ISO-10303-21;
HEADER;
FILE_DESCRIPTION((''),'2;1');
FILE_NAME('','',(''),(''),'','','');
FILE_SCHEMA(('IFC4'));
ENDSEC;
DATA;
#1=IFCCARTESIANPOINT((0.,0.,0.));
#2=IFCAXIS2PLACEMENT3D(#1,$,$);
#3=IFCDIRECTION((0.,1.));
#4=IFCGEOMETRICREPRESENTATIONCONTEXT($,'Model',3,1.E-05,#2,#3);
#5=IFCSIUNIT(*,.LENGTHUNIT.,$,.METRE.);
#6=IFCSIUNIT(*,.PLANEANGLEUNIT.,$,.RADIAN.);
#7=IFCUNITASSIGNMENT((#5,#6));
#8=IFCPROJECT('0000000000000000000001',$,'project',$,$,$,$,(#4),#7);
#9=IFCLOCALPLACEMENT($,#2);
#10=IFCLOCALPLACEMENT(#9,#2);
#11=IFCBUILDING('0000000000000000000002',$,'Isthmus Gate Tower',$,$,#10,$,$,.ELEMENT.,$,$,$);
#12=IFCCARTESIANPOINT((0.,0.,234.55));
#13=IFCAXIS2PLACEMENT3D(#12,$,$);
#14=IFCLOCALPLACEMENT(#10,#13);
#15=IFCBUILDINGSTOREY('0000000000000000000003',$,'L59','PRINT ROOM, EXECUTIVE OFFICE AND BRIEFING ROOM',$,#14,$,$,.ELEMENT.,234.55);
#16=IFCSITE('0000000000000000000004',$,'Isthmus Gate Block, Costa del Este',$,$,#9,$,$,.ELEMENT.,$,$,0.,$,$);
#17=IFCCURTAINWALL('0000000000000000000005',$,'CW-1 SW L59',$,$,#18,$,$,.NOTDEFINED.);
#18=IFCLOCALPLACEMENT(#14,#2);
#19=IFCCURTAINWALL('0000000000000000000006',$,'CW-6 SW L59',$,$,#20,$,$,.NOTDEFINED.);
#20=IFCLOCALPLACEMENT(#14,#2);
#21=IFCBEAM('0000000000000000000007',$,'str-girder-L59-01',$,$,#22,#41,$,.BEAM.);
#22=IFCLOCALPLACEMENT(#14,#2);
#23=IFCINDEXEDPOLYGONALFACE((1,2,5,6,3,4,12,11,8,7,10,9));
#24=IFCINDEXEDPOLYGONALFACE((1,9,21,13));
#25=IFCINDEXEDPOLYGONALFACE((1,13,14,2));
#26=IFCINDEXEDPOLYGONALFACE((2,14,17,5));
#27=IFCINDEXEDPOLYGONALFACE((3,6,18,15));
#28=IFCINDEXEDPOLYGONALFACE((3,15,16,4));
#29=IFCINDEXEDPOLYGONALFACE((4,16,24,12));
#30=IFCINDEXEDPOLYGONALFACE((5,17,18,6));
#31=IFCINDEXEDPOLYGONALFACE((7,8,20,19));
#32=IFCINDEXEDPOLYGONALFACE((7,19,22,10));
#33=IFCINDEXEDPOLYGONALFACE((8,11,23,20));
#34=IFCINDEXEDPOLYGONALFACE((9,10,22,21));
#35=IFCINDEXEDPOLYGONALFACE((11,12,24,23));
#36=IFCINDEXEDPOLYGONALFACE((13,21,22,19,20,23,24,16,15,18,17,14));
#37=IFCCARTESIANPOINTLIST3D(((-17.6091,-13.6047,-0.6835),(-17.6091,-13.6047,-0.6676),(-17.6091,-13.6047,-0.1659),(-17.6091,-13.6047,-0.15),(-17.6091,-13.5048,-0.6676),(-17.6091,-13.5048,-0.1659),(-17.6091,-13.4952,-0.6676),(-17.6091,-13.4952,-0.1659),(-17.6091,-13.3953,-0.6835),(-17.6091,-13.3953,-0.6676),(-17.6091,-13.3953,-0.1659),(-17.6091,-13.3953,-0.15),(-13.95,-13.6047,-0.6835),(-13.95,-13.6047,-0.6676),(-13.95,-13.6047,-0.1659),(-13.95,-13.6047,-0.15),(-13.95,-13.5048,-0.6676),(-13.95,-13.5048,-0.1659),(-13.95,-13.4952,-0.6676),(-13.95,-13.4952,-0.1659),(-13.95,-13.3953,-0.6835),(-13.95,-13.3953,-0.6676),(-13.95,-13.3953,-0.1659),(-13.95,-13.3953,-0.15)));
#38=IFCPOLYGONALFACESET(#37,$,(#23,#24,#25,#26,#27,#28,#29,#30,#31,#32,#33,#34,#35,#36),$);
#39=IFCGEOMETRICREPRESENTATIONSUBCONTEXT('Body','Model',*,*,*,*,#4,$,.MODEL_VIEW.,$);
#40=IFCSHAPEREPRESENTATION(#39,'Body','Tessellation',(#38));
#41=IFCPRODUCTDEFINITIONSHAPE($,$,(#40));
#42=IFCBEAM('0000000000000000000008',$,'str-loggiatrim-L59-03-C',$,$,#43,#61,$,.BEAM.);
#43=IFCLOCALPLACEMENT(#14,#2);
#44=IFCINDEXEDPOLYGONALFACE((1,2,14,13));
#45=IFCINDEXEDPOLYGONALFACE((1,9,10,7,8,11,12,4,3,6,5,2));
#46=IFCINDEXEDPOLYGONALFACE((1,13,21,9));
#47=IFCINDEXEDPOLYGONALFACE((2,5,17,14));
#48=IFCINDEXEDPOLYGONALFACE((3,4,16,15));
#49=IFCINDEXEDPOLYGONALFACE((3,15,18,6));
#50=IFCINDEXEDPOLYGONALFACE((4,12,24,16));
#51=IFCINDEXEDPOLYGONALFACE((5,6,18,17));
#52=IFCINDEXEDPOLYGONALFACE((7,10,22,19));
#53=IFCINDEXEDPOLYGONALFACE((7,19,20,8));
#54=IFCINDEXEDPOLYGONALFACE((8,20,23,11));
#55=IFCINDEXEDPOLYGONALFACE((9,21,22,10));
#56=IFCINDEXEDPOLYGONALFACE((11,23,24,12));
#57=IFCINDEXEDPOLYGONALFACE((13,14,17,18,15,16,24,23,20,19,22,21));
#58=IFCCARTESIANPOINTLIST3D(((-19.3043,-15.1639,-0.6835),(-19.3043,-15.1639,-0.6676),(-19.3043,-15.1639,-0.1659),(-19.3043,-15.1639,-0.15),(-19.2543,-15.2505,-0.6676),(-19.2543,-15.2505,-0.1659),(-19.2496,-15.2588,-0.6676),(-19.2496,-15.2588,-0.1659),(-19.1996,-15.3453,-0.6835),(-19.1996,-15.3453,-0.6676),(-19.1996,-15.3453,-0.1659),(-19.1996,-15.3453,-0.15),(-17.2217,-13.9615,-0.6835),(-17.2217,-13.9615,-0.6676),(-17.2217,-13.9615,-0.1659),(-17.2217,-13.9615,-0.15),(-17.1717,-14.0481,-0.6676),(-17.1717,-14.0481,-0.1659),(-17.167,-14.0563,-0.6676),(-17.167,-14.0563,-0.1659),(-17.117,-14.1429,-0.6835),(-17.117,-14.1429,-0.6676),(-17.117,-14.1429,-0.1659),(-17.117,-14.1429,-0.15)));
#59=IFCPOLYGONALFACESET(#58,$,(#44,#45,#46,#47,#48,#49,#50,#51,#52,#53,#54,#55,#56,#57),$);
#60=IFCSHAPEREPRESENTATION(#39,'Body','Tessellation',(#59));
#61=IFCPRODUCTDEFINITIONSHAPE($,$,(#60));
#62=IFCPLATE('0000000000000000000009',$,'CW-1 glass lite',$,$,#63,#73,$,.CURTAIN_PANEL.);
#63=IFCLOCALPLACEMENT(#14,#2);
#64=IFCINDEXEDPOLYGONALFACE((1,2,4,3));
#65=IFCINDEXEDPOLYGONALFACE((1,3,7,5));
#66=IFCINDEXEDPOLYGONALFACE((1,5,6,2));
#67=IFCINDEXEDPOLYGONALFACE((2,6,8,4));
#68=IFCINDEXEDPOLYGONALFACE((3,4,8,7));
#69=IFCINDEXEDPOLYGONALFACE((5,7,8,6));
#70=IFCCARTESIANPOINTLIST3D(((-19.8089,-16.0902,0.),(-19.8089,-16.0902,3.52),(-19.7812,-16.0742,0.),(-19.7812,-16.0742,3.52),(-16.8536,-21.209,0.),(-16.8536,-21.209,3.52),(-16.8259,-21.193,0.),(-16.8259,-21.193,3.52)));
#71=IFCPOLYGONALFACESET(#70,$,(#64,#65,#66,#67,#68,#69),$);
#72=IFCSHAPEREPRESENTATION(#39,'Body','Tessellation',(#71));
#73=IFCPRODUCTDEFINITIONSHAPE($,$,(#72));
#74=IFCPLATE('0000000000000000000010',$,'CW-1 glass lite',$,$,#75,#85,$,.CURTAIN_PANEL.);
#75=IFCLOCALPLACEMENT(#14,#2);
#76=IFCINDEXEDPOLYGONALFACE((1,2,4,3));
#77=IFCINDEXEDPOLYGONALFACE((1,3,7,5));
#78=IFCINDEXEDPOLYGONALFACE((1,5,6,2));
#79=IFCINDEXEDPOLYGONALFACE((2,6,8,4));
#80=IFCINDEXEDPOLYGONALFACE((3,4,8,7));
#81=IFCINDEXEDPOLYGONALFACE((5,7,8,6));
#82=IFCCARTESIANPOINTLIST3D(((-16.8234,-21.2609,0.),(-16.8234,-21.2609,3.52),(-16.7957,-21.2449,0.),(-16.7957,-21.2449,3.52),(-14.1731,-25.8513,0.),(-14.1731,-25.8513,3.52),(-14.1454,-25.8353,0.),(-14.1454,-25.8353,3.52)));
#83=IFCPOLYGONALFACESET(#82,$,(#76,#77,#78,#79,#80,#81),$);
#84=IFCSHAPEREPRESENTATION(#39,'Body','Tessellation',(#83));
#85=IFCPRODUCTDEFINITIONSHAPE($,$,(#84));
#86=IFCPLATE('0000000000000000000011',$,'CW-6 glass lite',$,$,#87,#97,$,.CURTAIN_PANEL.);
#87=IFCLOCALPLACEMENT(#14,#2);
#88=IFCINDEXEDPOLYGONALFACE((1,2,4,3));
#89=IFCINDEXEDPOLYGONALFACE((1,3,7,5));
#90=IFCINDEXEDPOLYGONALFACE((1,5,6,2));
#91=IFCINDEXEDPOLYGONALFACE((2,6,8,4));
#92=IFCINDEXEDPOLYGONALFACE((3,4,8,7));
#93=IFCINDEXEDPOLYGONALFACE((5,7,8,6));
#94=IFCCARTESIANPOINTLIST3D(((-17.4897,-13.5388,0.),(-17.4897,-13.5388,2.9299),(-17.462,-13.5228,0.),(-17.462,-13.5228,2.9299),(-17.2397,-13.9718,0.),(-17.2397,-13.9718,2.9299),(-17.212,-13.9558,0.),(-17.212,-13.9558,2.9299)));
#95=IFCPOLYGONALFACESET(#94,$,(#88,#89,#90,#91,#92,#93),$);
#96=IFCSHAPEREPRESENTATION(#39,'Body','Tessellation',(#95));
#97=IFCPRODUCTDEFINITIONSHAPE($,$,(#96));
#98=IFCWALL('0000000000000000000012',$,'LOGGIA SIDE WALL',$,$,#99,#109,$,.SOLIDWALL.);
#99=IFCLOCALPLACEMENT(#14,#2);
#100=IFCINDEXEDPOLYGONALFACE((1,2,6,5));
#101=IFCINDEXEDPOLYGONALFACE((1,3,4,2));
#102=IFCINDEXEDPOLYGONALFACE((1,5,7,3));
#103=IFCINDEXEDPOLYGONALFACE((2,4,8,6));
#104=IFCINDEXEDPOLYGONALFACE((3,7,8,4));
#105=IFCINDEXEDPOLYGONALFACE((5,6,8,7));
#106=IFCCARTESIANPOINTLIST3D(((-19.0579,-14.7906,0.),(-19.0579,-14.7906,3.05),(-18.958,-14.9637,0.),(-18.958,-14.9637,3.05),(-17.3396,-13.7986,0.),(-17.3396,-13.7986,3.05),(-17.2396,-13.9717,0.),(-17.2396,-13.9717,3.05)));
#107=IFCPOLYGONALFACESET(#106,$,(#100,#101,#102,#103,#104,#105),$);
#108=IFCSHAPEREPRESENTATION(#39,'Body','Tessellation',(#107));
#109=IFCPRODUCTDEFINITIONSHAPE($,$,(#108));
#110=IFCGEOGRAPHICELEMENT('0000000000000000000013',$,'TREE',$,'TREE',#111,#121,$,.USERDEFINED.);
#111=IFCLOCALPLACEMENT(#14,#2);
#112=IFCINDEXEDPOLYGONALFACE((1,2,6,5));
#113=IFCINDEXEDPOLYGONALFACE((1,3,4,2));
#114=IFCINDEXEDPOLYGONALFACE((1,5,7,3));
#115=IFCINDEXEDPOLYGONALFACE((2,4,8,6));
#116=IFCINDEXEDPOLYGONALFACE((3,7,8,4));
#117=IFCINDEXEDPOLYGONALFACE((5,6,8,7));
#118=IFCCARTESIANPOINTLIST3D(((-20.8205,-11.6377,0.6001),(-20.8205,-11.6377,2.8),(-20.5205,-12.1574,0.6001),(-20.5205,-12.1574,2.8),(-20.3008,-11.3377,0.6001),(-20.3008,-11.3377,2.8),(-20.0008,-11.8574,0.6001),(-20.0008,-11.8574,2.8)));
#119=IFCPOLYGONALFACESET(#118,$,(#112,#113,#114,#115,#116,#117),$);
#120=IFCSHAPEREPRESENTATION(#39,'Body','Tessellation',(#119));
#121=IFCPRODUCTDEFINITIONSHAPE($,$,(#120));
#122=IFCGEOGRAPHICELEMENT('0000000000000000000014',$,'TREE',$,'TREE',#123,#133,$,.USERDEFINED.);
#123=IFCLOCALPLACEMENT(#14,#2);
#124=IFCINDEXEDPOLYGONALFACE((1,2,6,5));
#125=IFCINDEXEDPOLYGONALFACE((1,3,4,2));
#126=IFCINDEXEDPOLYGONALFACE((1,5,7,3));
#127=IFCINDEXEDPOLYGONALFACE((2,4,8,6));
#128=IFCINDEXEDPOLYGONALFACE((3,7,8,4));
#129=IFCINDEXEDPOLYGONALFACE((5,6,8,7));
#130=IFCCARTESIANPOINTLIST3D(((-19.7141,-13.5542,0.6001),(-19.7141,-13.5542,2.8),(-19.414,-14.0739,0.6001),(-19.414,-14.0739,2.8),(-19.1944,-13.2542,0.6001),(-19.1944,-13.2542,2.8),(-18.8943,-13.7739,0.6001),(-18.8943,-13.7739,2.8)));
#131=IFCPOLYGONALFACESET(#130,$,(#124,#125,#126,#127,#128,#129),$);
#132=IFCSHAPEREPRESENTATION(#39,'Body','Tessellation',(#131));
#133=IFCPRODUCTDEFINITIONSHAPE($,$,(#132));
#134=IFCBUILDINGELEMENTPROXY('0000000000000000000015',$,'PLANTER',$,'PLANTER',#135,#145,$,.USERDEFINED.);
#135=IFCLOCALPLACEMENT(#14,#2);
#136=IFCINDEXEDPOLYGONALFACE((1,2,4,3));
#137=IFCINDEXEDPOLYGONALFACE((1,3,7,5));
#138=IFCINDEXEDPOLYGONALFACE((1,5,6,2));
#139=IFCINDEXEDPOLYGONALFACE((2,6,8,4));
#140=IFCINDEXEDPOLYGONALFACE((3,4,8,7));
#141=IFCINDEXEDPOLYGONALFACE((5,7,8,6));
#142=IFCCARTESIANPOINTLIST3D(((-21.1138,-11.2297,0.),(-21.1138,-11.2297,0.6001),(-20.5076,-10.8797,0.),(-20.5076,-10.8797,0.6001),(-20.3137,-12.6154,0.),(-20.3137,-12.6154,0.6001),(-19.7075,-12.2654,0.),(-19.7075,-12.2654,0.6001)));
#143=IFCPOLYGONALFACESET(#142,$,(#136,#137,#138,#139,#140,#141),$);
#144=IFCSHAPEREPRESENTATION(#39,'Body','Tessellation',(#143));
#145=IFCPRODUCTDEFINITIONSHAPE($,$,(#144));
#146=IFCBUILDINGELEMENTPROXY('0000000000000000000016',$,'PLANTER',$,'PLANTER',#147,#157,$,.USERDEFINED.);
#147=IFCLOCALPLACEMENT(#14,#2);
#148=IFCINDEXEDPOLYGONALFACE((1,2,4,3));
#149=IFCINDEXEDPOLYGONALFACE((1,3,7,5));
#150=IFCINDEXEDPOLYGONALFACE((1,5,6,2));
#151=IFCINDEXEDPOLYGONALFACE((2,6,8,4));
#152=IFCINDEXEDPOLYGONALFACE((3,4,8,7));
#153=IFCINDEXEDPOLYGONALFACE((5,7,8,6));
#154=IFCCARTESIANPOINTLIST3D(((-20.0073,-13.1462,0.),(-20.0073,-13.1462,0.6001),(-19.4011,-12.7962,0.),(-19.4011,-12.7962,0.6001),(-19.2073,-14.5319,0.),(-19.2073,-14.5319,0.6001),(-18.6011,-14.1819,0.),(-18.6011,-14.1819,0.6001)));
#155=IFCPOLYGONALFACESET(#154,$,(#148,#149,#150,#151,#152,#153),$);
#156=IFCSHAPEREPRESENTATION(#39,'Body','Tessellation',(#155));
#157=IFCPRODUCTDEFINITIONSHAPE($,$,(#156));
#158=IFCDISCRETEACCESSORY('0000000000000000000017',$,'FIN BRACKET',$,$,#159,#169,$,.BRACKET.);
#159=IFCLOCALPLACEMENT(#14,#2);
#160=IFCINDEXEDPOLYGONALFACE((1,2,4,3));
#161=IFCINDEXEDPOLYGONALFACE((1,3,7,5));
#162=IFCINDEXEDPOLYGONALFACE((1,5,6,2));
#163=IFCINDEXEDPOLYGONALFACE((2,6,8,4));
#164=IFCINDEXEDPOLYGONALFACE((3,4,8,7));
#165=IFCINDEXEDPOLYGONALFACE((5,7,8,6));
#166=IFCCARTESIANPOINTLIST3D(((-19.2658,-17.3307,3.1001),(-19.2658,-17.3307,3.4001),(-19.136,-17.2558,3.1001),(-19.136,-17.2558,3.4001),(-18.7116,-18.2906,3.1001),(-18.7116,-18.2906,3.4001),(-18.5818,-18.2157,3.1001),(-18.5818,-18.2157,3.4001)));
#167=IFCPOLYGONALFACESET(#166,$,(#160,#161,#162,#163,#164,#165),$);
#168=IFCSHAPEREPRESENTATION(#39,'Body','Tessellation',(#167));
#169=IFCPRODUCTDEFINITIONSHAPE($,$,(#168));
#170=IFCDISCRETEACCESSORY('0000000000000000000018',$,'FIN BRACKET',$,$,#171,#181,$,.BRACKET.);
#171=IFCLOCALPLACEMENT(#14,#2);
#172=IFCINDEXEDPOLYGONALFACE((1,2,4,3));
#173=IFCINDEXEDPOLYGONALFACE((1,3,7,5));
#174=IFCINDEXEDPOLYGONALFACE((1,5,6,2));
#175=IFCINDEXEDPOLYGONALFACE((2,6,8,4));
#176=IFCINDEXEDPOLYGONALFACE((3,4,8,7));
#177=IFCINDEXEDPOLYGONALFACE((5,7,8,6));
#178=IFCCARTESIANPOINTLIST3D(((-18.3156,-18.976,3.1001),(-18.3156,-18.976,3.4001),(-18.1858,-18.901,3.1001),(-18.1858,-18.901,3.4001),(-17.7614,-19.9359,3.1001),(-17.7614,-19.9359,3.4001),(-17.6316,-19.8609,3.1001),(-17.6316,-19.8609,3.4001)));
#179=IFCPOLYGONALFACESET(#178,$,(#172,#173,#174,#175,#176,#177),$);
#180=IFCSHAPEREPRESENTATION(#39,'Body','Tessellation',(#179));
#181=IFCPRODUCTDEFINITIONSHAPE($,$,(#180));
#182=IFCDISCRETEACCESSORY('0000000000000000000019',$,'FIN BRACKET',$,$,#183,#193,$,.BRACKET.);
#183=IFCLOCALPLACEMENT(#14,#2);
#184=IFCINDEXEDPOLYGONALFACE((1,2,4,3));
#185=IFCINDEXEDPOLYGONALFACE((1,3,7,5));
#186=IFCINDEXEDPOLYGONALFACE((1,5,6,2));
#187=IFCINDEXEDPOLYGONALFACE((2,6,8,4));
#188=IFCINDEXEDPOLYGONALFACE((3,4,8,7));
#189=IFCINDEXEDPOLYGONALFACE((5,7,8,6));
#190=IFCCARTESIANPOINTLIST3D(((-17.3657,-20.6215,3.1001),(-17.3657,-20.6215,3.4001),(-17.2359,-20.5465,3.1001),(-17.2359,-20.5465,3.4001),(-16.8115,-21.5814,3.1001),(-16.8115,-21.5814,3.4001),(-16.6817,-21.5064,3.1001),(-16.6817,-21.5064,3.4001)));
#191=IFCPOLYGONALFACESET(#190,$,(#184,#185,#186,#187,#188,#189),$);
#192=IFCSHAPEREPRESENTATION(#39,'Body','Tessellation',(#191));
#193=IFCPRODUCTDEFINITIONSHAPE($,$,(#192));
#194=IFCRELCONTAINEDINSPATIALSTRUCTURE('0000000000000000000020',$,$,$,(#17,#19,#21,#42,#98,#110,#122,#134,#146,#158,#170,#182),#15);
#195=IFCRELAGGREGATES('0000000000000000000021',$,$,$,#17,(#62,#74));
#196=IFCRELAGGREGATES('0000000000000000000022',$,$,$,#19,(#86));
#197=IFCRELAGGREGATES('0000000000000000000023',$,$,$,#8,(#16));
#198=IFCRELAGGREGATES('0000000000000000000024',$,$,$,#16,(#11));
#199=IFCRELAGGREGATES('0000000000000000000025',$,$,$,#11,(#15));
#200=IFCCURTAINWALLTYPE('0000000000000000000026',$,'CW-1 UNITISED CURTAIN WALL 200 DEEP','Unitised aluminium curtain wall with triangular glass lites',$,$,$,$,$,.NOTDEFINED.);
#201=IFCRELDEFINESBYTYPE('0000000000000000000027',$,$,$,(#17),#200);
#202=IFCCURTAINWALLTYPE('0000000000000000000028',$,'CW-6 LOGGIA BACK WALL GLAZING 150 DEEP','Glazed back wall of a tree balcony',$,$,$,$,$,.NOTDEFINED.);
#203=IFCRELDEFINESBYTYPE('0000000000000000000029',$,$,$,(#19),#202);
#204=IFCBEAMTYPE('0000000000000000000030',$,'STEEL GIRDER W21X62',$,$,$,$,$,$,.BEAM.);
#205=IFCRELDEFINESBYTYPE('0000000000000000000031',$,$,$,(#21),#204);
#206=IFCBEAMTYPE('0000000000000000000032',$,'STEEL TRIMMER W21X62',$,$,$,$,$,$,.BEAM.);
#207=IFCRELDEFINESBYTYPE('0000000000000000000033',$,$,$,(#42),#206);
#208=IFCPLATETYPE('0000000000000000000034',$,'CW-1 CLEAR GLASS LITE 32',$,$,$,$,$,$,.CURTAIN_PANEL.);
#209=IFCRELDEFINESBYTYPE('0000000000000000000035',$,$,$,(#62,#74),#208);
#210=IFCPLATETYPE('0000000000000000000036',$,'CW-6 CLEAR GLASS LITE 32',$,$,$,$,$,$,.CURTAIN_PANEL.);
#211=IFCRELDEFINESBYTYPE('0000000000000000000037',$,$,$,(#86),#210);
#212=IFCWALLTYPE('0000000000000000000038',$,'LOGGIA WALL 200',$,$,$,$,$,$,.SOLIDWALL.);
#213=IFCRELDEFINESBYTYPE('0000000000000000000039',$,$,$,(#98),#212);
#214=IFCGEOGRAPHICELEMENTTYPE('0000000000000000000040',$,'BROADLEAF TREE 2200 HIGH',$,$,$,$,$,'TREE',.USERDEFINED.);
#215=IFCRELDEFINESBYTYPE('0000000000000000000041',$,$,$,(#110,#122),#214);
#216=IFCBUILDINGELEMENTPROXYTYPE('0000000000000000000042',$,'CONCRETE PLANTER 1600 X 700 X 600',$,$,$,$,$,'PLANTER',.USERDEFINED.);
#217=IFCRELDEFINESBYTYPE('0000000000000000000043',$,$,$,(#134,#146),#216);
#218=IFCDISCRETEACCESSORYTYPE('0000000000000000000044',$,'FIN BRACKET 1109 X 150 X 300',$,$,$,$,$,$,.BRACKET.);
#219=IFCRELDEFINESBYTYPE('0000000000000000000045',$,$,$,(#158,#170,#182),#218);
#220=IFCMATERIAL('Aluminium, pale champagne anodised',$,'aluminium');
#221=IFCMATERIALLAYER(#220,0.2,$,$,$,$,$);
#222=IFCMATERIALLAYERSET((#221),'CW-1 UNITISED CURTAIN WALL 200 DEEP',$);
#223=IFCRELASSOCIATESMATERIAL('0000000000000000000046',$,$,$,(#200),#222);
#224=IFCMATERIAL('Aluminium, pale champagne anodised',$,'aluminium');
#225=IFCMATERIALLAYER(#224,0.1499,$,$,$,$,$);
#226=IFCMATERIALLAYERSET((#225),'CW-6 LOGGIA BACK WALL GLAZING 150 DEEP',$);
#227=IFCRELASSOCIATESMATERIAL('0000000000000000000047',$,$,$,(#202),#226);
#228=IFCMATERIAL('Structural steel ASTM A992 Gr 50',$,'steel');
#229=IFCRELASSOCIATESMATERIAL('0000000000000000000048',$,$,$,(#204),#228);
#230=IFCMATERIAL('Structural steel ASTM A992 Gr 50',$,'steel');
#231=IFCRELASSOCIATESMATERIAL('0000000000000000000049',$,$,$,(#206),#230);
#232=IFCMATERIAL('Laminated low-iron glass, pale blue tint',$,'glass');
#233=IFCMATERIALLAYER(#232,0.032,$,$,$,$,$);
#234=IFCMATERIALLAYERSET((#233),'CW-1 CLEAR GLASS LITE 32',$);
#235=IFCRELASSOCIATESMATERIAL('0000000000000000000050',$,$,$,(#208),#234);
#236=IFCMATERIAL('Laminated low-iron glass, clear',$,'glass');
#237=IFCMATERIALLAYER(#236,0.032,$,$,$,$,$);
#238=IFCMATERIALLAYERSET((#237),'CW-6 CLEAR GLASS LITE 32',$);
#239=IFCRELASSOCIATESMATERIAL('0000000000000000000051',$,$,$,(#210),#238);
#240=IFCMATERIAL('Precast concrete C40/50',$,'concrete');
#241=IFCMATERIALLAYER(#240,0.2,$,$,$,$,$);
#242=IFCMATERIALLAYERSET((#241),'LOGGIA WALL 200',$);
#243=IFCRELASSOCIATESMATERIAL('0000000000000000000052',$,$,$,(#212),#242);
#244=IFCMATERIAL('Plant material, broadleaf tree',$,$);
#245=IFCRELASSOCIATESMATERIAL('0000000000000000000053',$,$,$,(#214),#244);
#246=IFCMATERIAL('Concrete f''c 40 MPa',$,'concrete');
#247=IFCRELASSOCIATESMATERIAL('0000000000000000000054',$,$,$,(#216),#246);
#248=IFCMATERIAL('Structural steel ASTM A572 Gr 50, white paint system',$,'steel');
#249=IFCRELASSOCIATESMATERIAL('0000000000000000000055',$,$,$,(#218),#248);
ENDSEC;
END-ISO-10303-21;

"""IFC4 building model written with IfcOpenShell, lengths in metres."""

from ifc_helpers import new_model, si_unit, direction, frame, frame_2d, origin, origin_2d, place, context, subcontext, project, spatial, rectangle, i_section, extrude, material, layer, layer_set, material_profile, profile_set, type_object, element, aggregate, save


model = new_model("IFC4")

# Units and contexts
model_context = context("Model", 3, precision=1e-05, world=origin(), true_north=direction((0.0, 1.0)))
body_context = subcontext(model_context, "Body", "Model", "MODEL_VIEW")
ifc_project = project(units=[si_unit("LENGTHUNIT", "METRE"), si_unit("PLANEANGLEUNIT", "RADIAN")], contexts=[model_context])

# Site, building, storey
site_placement = place(None, origin())
site = spatial("IfcSite", under=ifc_project, at=site_placement, Name="Isthmus Gate Block, Costa del Este", CompositionType="ELEMENT", RefElevation=0.0)
building_placement = place(site_placement, origin())
building = spatial("IfcBuilding", under=site, at=building_placement, Name="Isthmus Gate Tower", CompositionType="ELEMENT")
storey_placement = place(building_placement, frame((0.0, 0.0, 234.55)))
storey = spatial("IfcBuildingStorey", under=building, at=storey_placement, Name="L59", Description="PRINT ROOM, EXECUTIVE OFFICE AND BRIEFING ROOM", CompositionType="ELEMENT", Elevation=234.55)

# Curtain wall
ifc_material_1 = material(Name="Aluminium, pale champagne anodised", Category="aluminium")
ifc_layer_1 = layer(ifc_material_1, 0.2)
ifc_layer_set_1 = layer_set([ifc_layer_1], Name="CW-1 UNITISED CURTAIN WALL 200 DEEP")
curtain_wall_type_1 = type_object("IfcCurtainWallType", Name="CW-1 UNITISED CURTAIN WALL 200 DEEP", Description="Unitised aluminium curtain wall with triangular glass lites", PredefinedType="NOTDEFINED", material=ifc_layer_set_1)
curtain_wall_1_placement = place(storey_placement, origin())
curtain_wall_1 = element("IfcCurtainWall", 1, at=curtain_wall_1_placement, inside=storey, type_object=curtain_wall_type_1, Name="CW-1 SW L59", PredefinedType="NOTDEFINED")

# Curtain wall
ifc_material_2 = material(Name="Aluminium, pale champagne anodised", Category="aluminium")
ifc_layer_2 = layer(ifc_material_2, 0.1499)
ifc_layer_set_2 = layer_set([ifc_layer_2], Name="CW-6 LOGGIA BACK WALL GLAZING 150 DEEP")
curtain_wall_type_2 = type_object("IfcCurtainWallType", Name="CW-6 LOGGIA BACK WALL GLAZING 150 DEEP", Description="Glazed back wall of a tree balcony", PredefinedType="NOTDEFINED", material=ifc_layer_set_2)
curtain_wall_2_placement = place(storey_placement, origin())
curtain_wall_2 = element("IfcCurtainWall", 2, at=curtain_wall_2_placement, inside=storey, type_object=curtain_wall_type_2, Name="CW-6 SW L59", PredefinedType="NOTDEFINED")

# Beams
ifc_material_3 = material(Name="Structural steel ASTM A992 Gr 50", Category="steel")
ifc_material_profile_1 = material_profile(ifc_material_3, i_section(OverallWidth=0.2095, OverallDepth=0.5334, WebThickness=0.0095, FlangeThickness=0.0159, at=origin_2d()), Name="W21X62")
ifc_profile_set_1 = profile_set([ifc_material_profile_1], Name="Structural steel ASTM A992 Gr 50")
beam_type_1 = type_object("IfcBeamType", Name="STEEL GIRDER W21X62", PredefinedType="BEAM", material=ifc_profile_set_1)
beam_1_placement = place(storey_placement, frame((-17.6091, -13.5, -0.4167), z_axis=(1.0, 0.0, 0.0), x_axis=(0.0, 1.0, 0.0)))
element("IfcBeam", 3, at=beam_1_placement, inside=storey, type_object=beam_type_1, Name="str-girder-L59-01", PredefinedType="BEAM", context=body_context, shape_type="SweptSolid", body=[
    extrude(i_section(OverallWidth=0.2095, OverallDepth=0.5334, WebThickness=0.0095, FlangeThickness=0.0159, at=origin_2d()), origin(), (0.0, 0.0, 1.0), 3.6592),
])
ifc_material_4 = material(Name="Structural steel ASTM A992 Gr 50", Category="steel")
ifc_material_profile_2 = material_profile(ifc_material_4, i_section(OverallWidth=0.2095, OverallDepth=0.5334, WebThickness=0.0095, FlangeThickness=0.0159, at=origin_2d()), Name="W21X62")
ifc_profile_set_2 = profile_set([ifc_material_profile_2], Name="Structural steel ASTM A992 Gr 50")
beam_type_2 = type_object("IfcBeamType", Name="STEEL TRIMMER W21X62", PredefinedType="BEAM", material=ifc_profile_set_2)
beam_2_placement = place(storey_placement, frame((-19.252, -15.2546, -0.4167), z_axis=(0.866017, 0.500015, 0.0), x_axis=(-0.500015, 0.866017, 0.0)))
element("IfcBeam", 4, at=beam_2_placement, inside=storey, type_object=beam_type_2, Name="str-loggiatrim-L59-03-C", PredefinedType="BEAM", context=body_context, shape_type="SweptSolid", body=[
    extrude(i_section(OverallWidth=0.2095, OverallDepth=0.5334, WebThickness=0.0095, FlangeThickness=0.0159, at=origin_2d()), origin(), (0.0, 0.0, 1.0), 2.4048),
])

# Plates
ifc_material_5 = material(Name="Laminated low-iron glass, pale blue tint", Category="glass")
ifc_layer_3 = layer(ifc_material_5, 0.032)
ifc_layer_set_3 = layer_set([ifc_layer_3], Name="CW-1 CLEAR GLASS LITE 32")
plate_type_1 = type_object("IfcPlateType", Name="CW-1 CLEAR GLASS LITE 32", PredefinedType="CURTAIN_PANEL", material=ifc_layer_set_3)
plate_1_placement = place(storey_placement, frame((-18.3174, -18.6416, 0.0), z_axis=(0.0, 0.0, 1.0), x_axis=(0.5, -0.866025, 0.0)))
plate_1 = element("IfcPlate", 5, at=plate_1_placement, type_object=plate_type_1, Name="CW-1 glass lite", PredefinedType="CURTAIN_PANEL", context=body_context, shape_type="SweptSolid", body=[
    extrude(rectangle(XDim=5.9106, YDim=0.032, at=origin_2d()), origin(), (0.0, 0.0, 1.0), 3.52),
])
plate_2_placement = place(storey_placement, frame((-15.4844, -23.5481, 0.0), z_axis=(0.0, 0.0, 1.0), x_axis=(0.5, -0.866025, 0.0)))
plate_2 = element("IfcPlate", 6, at=plate_2_placement, type_object=plate_type_1, Name="CW-1 glass lite", PredefinedType="CURTAIN_PANEL", context=body_context, shape_type="SweptSolid", body=[
    extrude(rectangle(XDim=5.3005, YDim=0.032, at=origin_2d()), origin(), (0.0, 0.0, 1.0), 3.52),
])
aggregate(curtain_wall_1, [plate_1, plate_2])
ifc_material_6 = material(Name="Laminated low-iron glass, clear", Category="glass")
ifc_layer_4 = layer(ifc_material_6, 0.032)
ifc_layer_set_4 = layer_set([ifc_layer_4], Name="CW-6 CLEAR GLASS LITE 32")
plate_type_2 = type_object("IfcPlateType", Name="CW-6 CLEAR GLASS LITE 32", PredefinedType="CURTAIN_PANEL", material=ifc_layer_set_4)
plate_3_placement = place(storey_placement, frame((-17.3508, -13.7473, 0.0), z_axis=(0.0, 0.0, 1.0), x_axis=(0.5, -0.866025, 0.0)))
plate_3 = element("IfcPlate", 7, at=plate_3_placement, type_object=plate_type_2, Name="CW-6 glass lite", PredefinedType="CURTAIN_PANEL", context=body_context, shape_type="SweptSolid", body=[
    extrude(rectangle(XDim=0.5, YDim=0.032, at=origin_2d()), origin(), (0.0, 0.0, 1.0), 2.9299),
])
aggregate(curtain_wall_2, [plate_3])

# Wall
ifc_material_7 = material(Name="Precast concrete C40/50", Category="concrete")
ifc_layer_5 = layer(ifc_material_7, 0.2)
ifc_layer_set_5 = layer_set([ifc_layer_5], Name="LOGGIA WALL 200")
wall_type = type_object("IfcWallType", Name="LOGGIA WALL 200", PredefinedType="SOLIDWALL", material=ifc_layer_set_5)
wall_placement = place(storey_placement, frame((-19.0081, -14.8772, 0.0), z_axis=(0.0, 0.0, 1.0), x_axis=(0.866046, 0.499964, 0.0)))
element("IfcWall", 8, at=wall_placement, inside=storey, type_object=wall_type, Name="LOGGIA SIDE WALL", PredefinedType="SOLIDWALL", context=body_context, shape_type="SweptSolid", body=[
    extrude(rectangle(XDim=1.9841, YDim=0.2, at=frame_2d((0.9922, 0.0))), origin(), (0.0, 0.0, 1.0), 3.05),
])

# Geographic elements
ifc_material_8 = material(Name="Plant material, broadleaf tree")
geographic_element_type = type_object("IfcGeographicElementType", Name="BROADLEAF TREE 2200 HIGH", ElementType="TREE", PredefinedType="USERDEFINED", material=ifc_material_8)
for number, where, z_axis, x_axis, name in (
    (9, (-20.4106, -11.7476, 0.6001), (0.0, 0.0, 1.0), (0.5, -0.866025, 0.0), "TREE"),
    (10, (-19.3042, -13.6641, 0.6001), (0.0, 0.0, 1.0), (0.5, -0.866025, 0.0), "TREE"),
):
    element("IfcGeographicElement", number, at=place(storey_placement, frame(where, z_axis=z_axis, x_axis=x_axis)), inside=storey, type_object=geographic_element_type, Name=name, ObjectType="TREE", PredefinedType="USERDEFINED", context=body_context, shape_type="SweptSolid", body=[
        extrude(rectangle(XDim=0.6001, YDim=0.6001, at=origin_2d()), origin(), (0.0, 0.0, 1.0), 2.2),
    ])

# Building element proxies
ifc_material_9 = material(Name="Concrete f'c 40 MPa", Category="concrete")
building_element_proxy_type = type_object("IfcBuildingElementProxyType", Name="CONCRETE PLANTER 1600 X 700 X 600", ElementType="PLANTER", PredefinedType="USERDEFINED", material=ifc_material_9)
for number, where, z_axis, x_axis, name in (
    (11, (-20.4106, -11.7476, 0.0), (0.0, 0.0, 1.0), (0.5, -0.866025, 0.0), "PLANTER"),
    (12, (-19.3042, -13.6641, 0.0), (0.0, 0.0, 1.0), (0.5, -0.866025, 0.0), "PLANTER"),
):
    element("IfcBuildingElementProxy", number, at=place(storey_placement, frame(where, z_axis=z_axis, x_axis=x_axis)), inside=storey, type_object=building_element_proxy_type, Name=name, ObjectType="PLANTER", PredefinedType="USERDEFINED", context=body_context, shape_type="SweptSolid", body=[
        extrude(rectangle(XDim=1.6001, YDim=0.7, at=origin_2d()), origin(), (0.0, 0.0, 1.0), 0.6001),
    ])

# Discrete accessories
ifc_material_10 = material(Name="Structural steel ASTM A572 Gr 50, white paint system", Category="steel")
discrete_accessory_type_1 = type_object("IfcDiscreteAccessoryType", Name="FIN BRACKET 1109 X 150 X 300", PredefinedType="BRACKET", material=ifc_material_10)
for number, where, z_axis, x_axis, name in (
    (13, (-18.9238, -17.7732, 3.1001), (0.0, 0.0, 1.0), (-0.866025, -0.5, 0.0), "FIN BRACKET"),
    (14, (-17.9736, -19.4185, 3.1001), (0.0, 0.0, 1.0), (-0.866025, -0.5, 0.0), "FIN BRACKET"),
    (15, (-17.0237, -21.064, 3.1001), (0.0, 0.0, 1.0), (-0.866025, -0.5, 0.0), "FIN BRACKET"),
):
    element("IfcDiscreteAccessory", number, at=place(storey_placement, frame(where, z_axis=z_axis, x_axis=x_axis)), inside=storey, type_object=discrete_accessory_type_1, Name=name, PredefinedType="BRACKET", context=body_context, shape_type="SweptSolid", body=[
        extrude(rectangle(XDim=0.1499, YDim=1.1084, at=origin_2d()), origin(), (0.0, 0.0, 1.0), 0.3),
    ])

save(model, "model.ifc")
